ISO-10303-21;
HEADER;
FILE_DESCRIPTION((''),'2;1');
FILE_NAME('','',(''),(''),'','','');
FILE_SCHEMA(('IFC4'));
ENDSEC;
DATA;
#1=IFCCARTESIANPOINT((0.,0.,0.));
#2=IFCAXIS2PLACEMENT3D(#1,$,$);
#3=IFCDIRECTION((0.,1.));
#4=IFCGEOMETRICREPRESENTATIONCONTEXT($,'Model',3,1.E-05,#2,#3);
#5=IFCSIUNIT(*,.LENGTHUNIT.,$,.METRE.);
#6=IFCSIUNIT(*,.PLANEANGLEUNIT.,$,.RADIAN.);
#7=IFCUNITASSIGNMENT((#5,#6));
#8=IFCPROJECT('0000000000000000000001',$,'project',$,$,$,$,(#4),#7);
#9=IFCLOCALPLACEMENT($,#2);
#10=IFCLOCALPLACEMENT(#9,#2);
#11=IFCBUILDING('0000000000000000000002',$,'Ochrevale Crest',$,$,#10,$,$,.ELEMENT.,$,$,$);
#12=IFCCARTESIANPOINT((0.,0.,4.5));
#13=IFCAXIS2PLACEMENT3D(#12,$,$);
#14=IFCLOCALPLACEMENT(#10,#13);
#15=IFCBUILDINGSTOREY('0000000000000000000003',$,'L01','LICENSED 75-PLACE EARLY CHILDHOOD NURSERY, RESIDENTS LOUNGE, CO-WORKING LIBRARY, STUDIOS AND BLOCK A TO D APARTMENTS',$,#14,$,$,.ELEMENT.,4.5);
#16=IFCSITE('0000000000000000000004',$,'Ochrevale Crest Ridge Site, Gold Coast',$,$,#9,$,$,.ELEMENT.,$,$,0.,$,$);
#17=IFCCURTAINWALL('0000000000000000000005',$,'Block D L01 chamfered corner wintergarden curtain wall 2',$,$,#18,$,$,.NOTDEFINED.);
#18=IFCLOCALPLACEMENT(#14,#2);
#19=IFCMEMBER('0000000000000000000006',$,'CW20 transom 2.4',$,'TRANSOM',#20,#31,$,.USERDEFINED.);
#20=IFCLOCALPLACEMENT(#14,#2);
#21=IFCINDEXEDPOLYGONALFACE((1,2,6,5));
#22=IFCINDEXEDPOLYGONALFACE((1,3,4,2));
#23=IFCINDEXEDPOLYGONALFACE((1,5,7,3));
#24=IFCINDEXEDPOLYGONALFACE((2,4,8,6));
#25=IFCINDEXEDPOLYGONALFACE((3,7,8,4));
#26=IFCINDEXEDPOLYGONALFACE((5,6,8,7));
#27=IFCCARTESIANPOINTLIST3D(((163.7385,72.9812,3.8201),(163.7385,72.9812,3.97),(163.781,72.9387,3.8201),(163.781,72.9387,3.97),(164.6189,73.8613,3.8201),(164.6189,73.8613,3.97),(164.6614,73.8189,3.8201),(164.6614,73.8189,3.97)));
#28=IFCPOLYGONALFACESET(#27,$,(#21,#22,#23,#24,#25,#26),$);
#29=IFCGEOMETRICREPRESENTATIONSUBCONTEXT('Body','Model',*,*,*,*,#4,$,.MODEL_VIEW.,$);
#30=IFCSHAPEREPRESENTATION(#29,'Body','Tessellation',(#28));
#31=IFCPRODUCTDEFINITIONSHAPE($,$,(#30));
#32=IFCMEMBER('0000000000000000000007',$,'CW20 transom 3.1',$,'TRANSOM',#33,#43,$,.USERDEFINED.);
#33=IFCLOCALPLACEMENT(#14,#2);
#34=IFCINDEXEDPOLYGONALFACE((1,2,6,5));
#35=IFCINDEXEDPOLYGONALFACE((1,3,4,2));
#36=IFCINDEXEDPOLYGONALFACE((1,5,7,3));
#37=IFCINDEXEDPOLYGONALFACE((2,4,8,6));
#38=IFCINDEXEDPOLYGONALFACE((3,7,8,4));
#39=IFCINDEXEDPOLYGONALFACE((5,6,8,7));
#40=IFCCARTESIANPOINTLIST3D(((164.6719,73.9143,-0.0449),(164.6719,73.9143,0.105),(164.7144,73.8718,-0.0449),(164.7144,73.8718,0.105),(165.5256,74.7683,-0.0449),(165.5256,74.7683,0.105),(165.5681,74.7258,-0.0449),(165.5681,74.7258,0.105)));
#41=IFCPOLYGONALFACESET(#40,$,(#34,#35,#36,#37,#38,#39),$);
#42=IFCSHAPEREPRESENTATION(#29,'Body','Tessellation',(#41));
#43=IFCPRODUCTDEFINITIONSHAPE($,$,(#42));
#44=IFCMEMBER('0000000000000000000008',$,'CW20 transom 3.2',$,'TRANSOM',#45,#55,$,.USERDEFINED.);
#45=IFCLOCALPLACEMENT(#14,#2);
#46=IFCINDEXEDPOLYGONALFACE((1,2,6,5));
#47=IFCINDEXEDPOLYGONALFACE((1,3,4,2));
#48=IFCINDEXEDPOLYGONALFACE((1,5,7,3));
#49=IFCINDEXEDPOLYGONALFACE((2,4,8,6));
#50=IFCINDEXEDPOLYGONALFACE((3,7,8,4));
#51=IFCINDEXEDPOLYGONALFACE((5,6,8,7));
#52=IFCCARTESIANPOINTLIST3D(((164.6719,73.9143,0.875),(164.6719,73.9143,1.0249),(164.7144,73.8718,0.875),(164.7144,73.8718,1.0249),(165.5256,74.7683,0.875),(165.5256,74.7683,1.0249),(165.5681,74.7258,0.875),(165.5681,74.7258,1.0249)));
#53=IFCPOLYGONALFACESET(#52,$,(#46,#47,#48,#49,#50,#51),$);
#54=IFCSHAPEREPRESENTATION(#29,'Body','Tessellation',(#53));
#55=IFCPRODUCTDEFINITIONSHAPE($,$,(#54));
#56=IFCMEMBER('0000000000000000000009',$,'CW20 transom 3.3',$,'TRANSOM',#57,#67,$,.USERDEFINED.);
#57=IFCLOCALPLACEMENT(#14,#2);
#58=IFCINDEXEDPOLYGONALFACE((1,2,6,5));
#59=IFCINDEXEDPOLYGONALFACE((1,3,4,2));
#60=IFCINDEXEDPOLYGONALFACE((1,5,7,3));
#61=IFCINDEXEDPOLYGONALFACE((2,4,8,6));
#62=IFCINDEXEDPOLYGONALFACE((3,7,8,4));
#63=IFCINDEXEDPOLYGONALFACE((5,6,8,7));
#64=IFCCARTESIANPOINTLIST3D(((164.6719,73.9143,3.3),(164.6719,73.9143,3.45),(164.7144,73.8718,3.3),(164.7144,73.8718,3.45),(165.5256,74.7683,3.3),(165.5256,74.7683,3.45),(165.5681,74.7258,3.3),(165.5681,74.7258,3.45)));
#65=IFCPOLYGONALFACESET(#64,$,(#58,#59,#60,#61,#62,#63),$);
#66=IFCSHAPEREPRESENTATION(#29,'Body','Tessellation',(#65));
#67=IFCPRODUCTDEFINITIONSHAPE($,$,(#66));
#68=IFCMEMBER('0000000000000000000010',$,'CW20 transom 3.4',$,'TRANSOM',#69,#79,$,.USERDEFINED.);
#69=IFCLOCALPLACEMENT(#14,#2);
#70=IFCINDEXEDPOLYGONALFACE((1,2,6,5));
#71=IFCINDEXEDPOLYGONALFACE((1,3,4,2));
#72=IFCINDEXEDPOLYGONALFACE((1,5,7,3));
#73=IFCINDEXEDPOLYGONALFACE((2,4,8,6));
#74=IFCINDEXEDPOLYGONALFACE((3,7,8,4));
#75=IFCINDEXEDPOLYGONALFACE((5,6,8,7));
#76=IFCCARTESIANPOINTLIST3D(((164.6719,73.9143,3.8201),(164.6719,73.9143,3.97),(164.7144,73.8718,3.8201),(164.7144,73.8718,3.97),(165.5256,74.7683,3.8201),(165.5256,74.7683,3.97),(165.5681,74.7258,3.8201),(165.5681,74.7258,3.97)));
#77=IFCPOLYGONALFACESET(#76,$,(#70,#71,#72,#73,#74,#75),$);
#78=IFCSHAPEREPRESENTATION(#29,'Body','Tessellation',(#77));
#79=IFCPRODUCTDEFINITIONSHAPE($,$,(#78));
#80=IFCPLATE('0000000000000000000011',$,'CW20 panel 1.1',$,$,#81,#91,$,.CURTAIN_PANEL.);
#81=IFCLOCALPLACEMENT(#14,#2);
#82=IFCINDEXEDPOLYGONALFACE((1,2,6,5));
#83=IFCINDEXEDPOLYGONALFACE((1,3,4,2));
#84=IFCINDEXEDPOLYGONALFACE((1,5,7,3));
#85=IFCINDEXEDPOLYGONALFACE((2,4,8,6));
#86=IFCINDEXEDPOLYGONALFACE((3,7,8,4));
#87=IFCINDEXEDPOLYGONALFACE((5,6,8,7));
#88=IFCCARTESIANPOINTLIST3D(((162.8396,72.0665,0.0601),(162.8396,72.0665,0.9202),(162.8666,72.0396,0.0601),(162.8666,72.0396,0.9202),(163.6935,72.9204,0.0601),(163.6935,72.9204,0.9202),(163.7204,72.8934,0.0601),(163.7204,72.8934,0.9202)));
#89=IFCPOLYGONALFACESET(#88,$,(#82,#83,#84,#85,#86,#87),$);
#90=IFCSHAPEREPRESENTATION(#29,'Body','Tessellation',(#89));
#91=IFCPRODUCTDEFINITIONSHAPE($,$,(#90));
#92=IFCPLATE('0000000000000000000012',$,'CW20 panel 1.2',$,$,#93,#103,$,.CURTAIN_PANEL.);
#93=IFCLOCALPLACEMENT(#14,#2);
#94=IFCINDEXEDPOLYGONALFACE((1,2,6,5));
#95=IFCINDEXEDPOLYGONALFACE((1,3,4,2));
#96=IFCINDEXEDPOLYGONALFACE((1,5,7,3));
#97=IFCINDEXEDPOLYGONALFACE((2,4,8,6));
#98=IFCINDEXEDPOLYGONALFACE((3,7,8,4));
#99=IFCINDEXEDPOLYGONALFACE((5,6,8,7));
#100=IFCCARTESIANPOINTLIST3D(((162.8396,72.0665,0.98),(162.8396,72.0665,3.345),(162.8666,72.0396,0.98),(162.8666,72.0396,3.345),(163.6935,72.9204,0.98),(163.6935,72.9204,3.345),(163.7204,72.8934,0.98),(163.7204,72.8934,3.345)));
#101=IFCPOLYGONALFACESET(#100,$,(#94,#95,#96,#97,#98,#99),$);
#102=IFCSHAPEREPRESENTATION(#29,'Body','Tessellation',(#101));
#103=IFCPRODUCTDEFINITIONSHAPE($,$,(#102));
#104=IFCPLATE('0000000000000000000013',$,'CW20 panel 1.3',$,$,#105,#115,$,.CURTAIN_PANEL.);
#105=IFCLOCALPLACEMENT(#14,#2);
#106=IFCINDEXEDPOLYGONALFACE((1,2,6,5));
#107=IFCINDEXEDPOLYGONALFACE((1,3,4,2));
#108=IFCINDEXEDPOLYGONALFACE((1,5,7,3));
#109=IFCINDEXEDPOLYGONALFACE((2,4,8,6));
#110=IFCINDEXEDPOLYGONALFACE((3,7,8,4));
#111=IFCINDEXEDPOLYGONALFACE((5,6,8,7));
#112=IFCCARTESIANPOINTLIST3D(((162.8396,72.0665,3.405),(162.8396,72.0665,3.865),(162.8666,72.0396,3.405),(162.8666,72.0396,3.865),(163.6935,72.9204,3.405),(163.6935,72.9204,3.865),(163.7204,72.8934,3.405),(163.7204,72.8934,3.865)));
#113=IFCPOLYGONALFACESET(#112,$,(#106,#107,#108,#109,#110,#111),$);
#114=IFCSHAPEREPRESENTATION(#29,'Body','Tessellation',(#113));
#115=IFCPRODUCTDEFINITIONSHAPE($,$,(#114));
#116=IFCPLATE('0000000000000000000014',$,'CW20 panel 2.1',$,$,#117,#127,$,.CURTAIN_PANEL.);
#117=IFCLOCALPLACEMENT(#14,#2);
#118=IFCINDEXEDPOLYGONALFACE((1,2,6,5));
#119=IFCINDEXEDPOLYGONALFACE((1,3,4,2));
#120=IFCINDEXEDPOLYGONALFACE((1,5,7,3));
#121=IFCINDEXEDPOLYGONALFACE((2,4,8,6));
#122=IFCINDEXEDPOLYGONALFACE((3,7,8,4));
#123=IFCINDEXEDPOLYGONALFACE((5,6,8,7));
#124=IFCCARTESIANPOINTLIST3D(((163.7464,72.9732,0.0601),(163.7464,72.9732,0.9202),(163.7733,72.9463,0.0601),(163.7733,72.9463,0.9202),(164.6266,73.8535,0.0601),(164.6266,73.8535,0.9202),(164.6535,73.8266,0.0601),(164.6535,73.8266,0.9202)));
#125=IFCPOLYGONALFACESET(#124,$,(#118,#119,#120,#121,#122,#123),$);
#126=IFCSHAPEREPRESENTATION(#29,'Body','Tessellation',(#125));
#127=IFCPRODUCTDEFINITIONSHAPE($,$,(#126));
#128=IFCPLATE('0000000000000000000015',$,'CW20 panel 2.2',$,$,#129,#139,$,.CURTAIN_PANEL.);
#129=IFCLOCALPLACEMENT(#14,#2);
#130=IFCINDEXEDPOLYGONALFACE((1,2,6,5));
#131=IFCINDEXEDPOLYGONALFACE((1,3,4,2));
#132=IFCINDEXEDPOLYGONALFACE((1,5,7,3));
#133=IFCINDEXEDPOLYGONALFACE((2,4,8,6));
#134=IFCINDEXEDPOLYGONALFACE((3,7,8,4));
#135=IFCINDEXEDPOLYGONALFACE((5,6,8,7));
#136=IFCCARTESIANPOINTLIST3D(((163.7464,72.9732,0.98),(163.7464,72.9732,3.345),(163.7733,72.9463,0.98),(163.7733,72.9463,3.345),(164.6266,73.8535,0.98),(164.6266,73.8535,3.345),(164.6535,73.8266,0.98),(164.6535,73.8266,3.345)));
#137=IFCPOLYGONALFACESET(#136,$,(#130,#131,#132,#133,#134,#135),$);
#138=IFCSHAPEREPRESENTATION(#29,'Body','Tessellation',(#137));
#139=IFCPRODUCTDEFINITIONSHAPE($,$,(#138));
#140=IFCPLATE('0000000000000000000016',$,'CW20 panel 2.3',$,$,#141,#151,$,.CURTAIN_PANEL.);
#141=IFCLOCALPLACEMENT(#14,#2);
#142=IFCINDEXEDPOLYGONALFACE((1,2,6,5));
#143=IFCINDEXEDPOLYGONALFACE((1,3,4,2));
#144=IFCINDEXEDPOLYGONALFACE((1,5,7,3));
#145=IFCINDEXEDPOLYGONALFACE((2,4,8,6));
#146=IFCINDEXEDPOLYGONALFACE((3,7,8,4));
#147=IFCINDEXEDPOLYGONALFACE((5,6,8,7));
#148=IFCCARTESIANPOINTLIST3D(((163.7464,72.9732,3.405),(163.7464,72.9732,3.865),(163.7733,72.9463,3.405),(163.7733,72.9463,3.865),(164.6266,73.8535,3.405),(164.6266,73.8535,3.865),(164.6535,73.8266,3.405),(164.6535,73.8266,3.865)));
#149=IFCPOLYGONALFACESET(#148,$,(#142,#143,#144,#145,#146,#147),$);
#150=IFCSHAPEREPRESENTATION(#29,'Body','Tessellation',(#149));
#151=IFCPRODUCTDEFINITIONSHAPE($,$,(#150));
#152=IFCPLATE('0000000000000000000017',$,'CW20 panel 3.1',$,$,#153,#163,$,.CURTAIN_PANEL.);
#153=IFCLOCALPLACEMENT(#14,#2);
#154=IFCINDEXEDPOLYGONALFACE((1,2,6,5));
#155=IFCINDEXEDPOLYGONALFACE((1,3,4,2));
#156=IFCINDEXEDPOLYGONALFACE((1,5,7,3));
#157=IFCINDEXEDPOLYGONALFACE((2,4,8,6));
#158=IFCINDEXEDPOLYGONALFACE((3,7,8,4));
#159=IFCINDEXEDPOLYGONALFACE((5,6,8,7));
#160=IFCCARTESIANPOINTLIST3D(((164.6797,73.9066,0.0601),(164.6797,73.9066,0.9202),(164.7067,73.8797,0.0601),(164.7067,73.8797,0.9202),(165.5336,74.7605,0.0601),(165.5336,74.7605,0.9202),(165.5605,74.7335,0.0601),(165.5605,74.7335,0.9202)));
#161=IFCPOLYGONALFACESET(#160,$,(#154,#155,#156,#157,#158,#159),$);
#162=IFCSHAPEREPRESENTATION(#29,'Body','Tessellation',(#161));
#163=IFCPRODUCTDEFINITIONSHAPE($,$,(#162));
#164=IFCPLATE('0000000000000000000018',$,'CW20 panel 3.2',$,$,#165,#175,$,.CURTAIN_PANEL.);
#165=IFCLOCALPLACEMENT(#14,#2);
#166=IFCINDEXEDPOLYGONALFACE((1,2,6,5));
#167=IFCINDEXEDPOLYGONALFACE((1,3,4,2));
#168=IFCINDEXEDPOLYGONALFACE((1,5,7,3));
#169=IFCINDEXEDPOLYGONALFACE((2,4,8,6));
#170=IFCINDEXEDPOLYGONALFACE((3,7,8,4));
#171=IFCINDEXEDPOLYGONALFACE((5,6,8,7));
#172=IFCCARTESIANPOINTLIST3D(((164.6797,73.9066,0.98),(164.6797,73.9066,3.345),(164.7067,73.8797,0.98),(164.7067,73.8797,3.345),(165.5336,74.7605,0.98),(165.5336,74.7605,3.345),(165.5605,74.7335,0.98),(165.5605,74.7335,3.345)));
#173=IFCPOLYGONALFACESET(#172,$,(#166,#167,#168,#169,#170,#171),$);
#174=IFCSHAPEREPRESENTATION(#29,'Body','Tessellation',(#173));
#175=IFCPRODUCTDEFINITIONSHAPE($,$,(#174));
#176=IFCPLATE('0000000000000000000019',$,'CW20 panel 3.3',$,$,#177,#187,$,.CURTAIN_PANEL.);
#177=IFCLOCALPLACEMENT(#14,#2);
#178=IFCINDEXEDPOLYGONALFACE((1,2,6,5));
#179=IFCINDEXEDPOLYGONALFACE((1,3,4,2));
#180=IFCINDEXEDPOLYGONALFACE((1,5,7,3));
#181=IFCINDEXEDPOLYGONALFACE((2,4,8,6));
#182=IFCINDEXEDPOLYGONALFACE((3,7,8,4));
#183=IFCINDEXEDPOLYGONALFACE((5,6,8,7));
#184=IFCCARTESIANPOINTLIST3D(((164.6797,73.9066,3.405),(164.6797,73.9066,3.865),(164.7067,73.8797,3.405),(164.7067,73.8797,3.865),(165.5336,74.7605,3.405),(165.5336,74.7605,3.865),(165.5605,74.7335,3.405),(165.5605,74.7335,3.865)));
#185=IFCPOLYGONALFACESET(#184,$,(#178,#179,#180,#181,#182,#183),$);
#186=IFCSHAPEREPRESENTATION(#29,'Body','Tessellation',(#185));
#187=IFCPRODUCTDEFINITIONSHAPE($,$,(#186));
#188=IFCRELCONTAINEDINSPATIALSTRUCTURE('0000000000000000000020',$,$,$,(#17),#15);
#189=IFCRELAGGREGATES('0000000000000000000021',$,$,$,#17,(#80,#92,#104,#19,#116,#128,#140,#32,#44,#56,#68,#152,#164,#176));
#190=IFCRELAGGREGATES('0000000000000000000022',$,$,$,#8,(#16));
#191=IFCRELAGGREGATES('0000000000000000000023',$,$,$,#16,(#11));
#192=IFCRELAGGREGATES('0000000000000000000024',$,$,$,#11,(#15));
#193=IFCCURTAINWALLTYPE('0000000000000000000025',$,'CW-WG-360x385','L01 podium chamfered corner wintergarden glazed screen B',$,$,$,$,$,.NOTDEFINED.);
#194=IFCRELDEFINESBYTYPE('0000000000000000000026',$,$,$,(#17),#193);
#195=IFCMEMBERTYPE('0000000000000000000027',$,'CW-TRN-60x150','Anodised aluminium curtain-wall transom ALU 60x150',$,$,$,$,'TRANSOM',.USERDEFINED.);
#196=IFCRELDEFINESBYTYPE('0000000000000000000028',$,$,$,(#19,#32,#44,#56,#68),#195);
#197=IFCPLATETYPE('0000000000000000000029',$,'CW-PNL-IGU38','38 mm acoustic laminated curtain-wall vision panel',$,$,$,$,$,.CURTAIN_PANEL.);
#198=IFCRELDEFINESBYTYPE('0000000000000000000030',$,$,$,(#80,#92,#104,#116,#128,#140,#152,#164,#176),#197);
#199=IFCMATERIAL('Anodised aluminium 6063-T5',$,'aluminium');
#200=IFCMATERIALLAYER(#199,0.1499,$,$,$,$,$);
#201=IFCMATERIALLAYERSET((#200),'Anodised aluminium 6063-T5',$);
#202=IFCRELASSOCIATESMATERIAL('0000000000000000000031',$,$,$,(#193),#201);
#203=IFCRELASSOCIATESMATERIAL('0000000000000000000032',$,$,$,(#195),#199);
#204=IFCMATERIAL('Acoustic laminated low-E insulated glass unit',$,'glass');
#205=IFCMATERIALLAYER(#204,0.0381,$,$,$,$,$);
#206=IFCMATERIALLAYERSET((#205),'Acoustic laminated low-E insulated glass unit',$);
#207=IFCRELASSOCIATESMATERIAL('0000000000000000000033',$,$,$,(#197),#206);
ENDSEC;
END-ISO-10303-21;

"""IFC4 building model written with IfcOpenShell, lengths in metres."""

from ifc_helpers import new_model, si_unit, direction, frame, origin, origin_2d, place, context, subcontext, project, spatial, rectangle, extrude, material, layer, layer_set, material_profile, profile_set, type_object, element, aggregate, save


model = new_model("IFC4")

# Units and contexts
model_context = context("Model", 3, precision=1e-05, world=origin(), true_north=direction((0.0, 1.0)))
body_context = subcontext(model_context, "Body", "Model", "MODEL_VIEW")
ifc_project = project(units=[si_unit("LENGTHUNIT", "METRE"), si_unit("PLANEANGLEUNIT", "RADIAN")], contexts=[model_context])

# Site, building, storey
site_placement = place(None, origin())
site = spatial("IfcSite", under=ifc_project, at=site_placement, Name="Ochrevale Crest Ridge Site, Gold Coast", CompositionType="ELEMENT", RefElevation=0.0)
building_placement = place(site_placement, origin())
building = spatial("IfcBuilding", under=site, at=building_placement, Name="Ochrevale Crest", CompositionType="ELEMENT")
storey_placement = place(building_placement, frame((0.0, 0.0, 4.5)))
storey = spatial("IfcBuildingStorey", under=building, at=storey_placement, Name="L01", Description="LICENSED 75-PLACE EARLY CHILDHOOD NURSERY, RESIDENTS LOUNGE, CO-WORKING LIBRARY, STUDIOS AND BLOCK A TO D APARTMENTS", CompositionType="ELEMENT", Elevation=4.5)

# Curtain wall, members, plates
ifc_material_1 = material(Name="Anodised aluminium 6063-T5", Category="aluminium")
ifc_layer_1 = layer(ifc_material_1, 0.1499)
ifc_layer_set_1 = layer_set([ifc_layer_1], Name="Anodised aluminium 6063-T5")
curtain_wall_type = type_object("IfcCurtainWallType", Name="CW-WG-360x385", Description="L01 podium chamfered corner wintergarden glazed screen B", PredefinedType="NOTDEFINED", material=ifc_layer_set_1)
curtain_wall_placement = place(storey_placement, origin())
curtain_wall = element("IfcCurtainWall", 1, at=curtain_wall_placement, inside=storey, type_object=curtain_wall_type, Name="Block D L01 chamfered corner wintergarden curtain wall 2", PredefinedType="NOTDEFINED")
ifc_material_profile_1 = material_profile(ifc_material_1, rectangle(XDim=0.0601, YDim=0.1499, at=origin_2d()), Name="ALU 60x150")
ifc_profile_set_1 = profile_set([ifc_material_profile_1], Name="Anodised aluminium 6063-T5")
member_type_1 = type_object("IfcMemberType", Name="CW-TRN-60x150", Description="Anodised aluminium curtain-wall transom ALU 60x150", ElementType="TRANSOM", PredefinedType="USERDEFINED", material=ifc_profile_set_1)
member_1_placement = place(storey_placement, frame((163.7598, 72.96, 3.895), z_axis=(0.707205, 0.707009, 0.0), x_axis=(-0.707009, 0.707205, 0.0)))
member_1 = element("IfcMember", 2, at=member_1_placement, type_object=member_type_1, Name="CW20 transom 2.4", ObjectType="TRANSOM", PredefinedType="USERDEFINED", context=body_context, shape_type="SweptSolid", body=[
    extrude(rectangle(XDim=0.0601, YDim=0.1499, at=origin_2d()), origin(), (0.0, 0.0, 1.0), 1.2449),
])
member_2_placement = place(storey_placement, frame((164.6931, 73.8931, 0.03), z_axis=(0.707006, 0.707208, 0.0), x_axis=(-0.707208, 0.707006, 0.0)))
member_2 = element("IfcMember", 3, at=member_2_placement, type_object=member_type_1, Name="CW20 transom 3.1", ObjectType="TRANSOM", PredefinedType="USERDEFINED", context=body_context, shape_type="SweptSolid", body=[
    extrude(rectangle(XDim=0.0601, YDim=0.1499, at=origin_2d()), origin(), (0.0, 0.0, 1.0), 1.2075),
])
member_3_placement = place(storey_placement, frame((164.6931, 73.8931, 0.95), z_axis=(0.707006, 0.707208, 0.0), x_axis=(-0.707208, 0.707006, 0.0)))
member_3 = element("IfcMember", 4, at=member_3_placement, type_object=member_type_1, Name="CW20 transom 3.2", ObjectType="TRANSOM", PredefinedType="USERDEFINED", context=body_context, shape_type="SweptSolid", body=[
    extrude(rectangle(XDim=0.0601, YDim=0.1499, at=origin_2d()), origin(), (0.0, 0.0, 1.0), 1.2075),
])
member_4_placement = place(storey_placement, frame((164.6931, 73.8931, 3.375), z_axis=(0.707006, 0.707208, 0.0), x_axis=(-0.707208, 0.707006, 0.0)))
member_4 = element("IfcMember", 5, at=member_4_placement, type_object=member_type_1, Name="CW20 transom 3.3", ObjectType="TRANSOM", PredefinedType="USERDEFINED", context=body_context, shape_type="SweptSolid", body=[
    extrude(rectangle(XDim=0.0601, YDim=0.1499, at=origin_2d()), origin(), (0.0, 0.0, 1.0), 1.2075),
])
member_5_placement = place(storey_placement, frame((164.6931, 73.8931, 3.895), z_axis=(0.707006, 0.707208, 0.0), x_axis=(-0.707208, 0.707006, 0.0)))
member_5 = element("IfcMember", 6, at=member_5_placement, type_object=member_type_1, Name="CW20 transom 3.4", ObjectType="TRANSOM", PredefinedType="USERDEFINED", context=body_context, shape_type="SweptSolid", body=[
    extrude(rectangle(XDim=0.0601, YDim=0.1499, at=origin_2d()), origin(), (0.0, 0.0, 1.0), 1.2075),
])
ifc_material_2 = material(Name="Acoustic laminated low-E insulated glass unit", Category="glass")
ifc_layer_2 = layer(ifc_material_2, 0.0381)
ifc_layer_set_2 = layer_set([ifc_layer_2], Name="Acoustic laminated low-E insulated glass unit")
plate_type = type_object("IfcPlateType", Name="CW-PNL-IGU38", Description="38 mm acoustic laminated curtain-wall vision panel", PredefinedType="CURTAIN_PANEL", material=ifc_layer_set_2)
plate_1_placement = place(storey_placement, frame((163.28, 72.48, 0.0601), z_axis=(0.0, 0.0, 1.0), x_axis=(0.707107, 0.707107, 0.0)))
plate_1 = element("IfcPlate", 7, at=plate_1_placement, type_object=plate_type, Name="CW20 panel 1.1", PredefinedType="CURTAIN_PANEL", context=body_context, shape_type="SweptSolid", body=[
    extrude(rectangle(XDim=1.2075, YDim=0.0381, at=origin_2d()), origin(), (0.0, 0.0, 1.0), 0.8601),
])
plate_2_placement = place(storey_placement, frame((163.28, 72.48, 0.98), z_axis=(0.0, 0.0, 1.0), x_axis=(0.707107, 0.707107, 0.0)))
plate_2 = element("IfcPlate", 8, at=plate_2_placement, type_object=plate_type, Name="CW20 panel 1.2", PredefinedType="CURTAIN_PANEL", context=body_context, shape_type="SweptSolid", body=[
    extrude(rectangle(XDim=1.2075, YDim=0.0381, at=origin_2d()), origin(), (0.0, 0.0, 1.0), 2.365),
])
plate_3_placement = place(storey_placement, frame((163.28, 72.48, 3.405), z_axis=(0.0, 0.0, 1.0), x_axis=(0.707107, 0.707107, 0.0)))
plate_3 = element("IfcPlate", 9, at=plate_3_placement, type_object=plate_type, Name="CW20 panel 1.3", PredefinedType="CURTAIN_PANEL", context=body_context, shape_type="SweptSolid", body=[
    extrude(rectangle(XDim=1.2075, YDim=0.0381, at=origin_2d()), origin(), (0.0, 0.0, 1.0), 0.46),
])
plate_4_placement = place(storey_placement, frame((164.2, 73.3999, 0.0601), z_axis=(0.0, 0.0, 1.0), x_axis=(0.707107, 0.707107, 0.0)))
plate_4 = element("IfcPlate", 10, at=plate_4_placement, type_object=plate_type, Name="CW20 panel 2.1", PredefinedType="CURTAIN_PANEL", context=body_context, shape_type="SweptSolid", body=[
    extrude(rectangle(XDim=1.2449, YDim=0.0381, at=origin_2d()), origin(), (0.0, 0.0, 1.0), 0.8601),
])
plate_5_placement = place(storey_placement, frame((164.2, 73.3999, 0.98), z_axis=(0.0, 0.0, 1.0), x_axis=(0.707107, 0.707107, 0.0)))
plate_5 = element("IfcPlate", 11, at=plate_5_placement, type_object=plate_type, Name="CW20 panel 2.2", PredefinedType="CURTAIN_PANEL", context=body_context, shape_type="SweptSolid", body=[
    extrude(rectangle(XDim=1.2449, YDim=0.0381, at=origin_2d()), origin(), (0.0, 0.0, 1.0), 2.365),
])
plate_6_placement = place(storey_placement, frame((164.2, 73.3999, 3.405), z_axis=(0.0, 0.0, 1.0), x_axis=(0.707107, 0.707107, 0.0)))
plate_6 = element("IfcPlate", 12, at=plate_6_placement, type_object=plate_type, Name="CW20 panel 2.3", PredefinedType="CURTAIN_PANEL", context=body_context, shape_type="SweptSolid", body=[
    extrude(rectangle(XDim=1.2449, YDim=0.0381, at=origin_2d()), origin(), (0.0, 0.0, 1.0), 0.46),
])
plate_7_placement = place(storey_placement, frame((165.1201, 74.3201, 0.0601), z_axis=(0.0, 0.0, 1.0), x_axis=(0.707107, 0.707107, 0.0)))
plate_7 = element("IfcPlate", 13, at=plate_7_placement, type_object=plate_type, Name="CW20 panel 3.1", PredefinedType="CURTAIN_PANEL", context=body_context, shape_type="SweptSolid", body=[
    extrude(rectangle(XDim=1.2075, YDim=0.0381, at=origin_2d()), origin(), (0.0, 0.0, 1.0), 0.8601),
])
plate_8_placement = place(storey_placement, frame((165.1201, 74.3201, 0.98), z_axis=(0.0, 0.0, 1.0), x_axis=(0.707107, 0.707107, 0.0)))
plate_8 = element("IfcPlate", 14, at=plate_8_placement, type_object=plate_type, Name="CW20 panel 3.2", PredefinedType="CURTAIN_PANEL", context=body_context, shape_type="SweptSolid", body=[
    extrude(rectangle(XDim=1.2075, YDim=0.0381, at=origin_2d()), origin(), (0.0, 0.0, 1.0), 2.365),
])
plate_9_placement = place(storey_placement, frame((165.1201, 74.3201, 3.405), z_axis=(0.0, 0.0, 1.0), x_axis=(0.707107, 0.707107, 0.0)))
plate_9 = element("IfcPlate", 15, at=plate_9_placement, type_object=plate_type, Name="CW20 panel 3.3", PredefinedType="CURTAIN_PANEL", context=body_context, shape_type="SweptSolid", body=[
    extrude(rectangle(XDim=1.2075, YDim=0.0381, at=origin_2d()), origin(), (0.0, 0.0, 1.0), 0.46),
])
aggregate(curtain_wall, [plate_1, plate_2, plate_3, member_1, plate_4, plate_5, plate_6, member_2, member_3, member_4, member_5, plate_7, plate_8, plate_9])

save(model, "model.ifc")
